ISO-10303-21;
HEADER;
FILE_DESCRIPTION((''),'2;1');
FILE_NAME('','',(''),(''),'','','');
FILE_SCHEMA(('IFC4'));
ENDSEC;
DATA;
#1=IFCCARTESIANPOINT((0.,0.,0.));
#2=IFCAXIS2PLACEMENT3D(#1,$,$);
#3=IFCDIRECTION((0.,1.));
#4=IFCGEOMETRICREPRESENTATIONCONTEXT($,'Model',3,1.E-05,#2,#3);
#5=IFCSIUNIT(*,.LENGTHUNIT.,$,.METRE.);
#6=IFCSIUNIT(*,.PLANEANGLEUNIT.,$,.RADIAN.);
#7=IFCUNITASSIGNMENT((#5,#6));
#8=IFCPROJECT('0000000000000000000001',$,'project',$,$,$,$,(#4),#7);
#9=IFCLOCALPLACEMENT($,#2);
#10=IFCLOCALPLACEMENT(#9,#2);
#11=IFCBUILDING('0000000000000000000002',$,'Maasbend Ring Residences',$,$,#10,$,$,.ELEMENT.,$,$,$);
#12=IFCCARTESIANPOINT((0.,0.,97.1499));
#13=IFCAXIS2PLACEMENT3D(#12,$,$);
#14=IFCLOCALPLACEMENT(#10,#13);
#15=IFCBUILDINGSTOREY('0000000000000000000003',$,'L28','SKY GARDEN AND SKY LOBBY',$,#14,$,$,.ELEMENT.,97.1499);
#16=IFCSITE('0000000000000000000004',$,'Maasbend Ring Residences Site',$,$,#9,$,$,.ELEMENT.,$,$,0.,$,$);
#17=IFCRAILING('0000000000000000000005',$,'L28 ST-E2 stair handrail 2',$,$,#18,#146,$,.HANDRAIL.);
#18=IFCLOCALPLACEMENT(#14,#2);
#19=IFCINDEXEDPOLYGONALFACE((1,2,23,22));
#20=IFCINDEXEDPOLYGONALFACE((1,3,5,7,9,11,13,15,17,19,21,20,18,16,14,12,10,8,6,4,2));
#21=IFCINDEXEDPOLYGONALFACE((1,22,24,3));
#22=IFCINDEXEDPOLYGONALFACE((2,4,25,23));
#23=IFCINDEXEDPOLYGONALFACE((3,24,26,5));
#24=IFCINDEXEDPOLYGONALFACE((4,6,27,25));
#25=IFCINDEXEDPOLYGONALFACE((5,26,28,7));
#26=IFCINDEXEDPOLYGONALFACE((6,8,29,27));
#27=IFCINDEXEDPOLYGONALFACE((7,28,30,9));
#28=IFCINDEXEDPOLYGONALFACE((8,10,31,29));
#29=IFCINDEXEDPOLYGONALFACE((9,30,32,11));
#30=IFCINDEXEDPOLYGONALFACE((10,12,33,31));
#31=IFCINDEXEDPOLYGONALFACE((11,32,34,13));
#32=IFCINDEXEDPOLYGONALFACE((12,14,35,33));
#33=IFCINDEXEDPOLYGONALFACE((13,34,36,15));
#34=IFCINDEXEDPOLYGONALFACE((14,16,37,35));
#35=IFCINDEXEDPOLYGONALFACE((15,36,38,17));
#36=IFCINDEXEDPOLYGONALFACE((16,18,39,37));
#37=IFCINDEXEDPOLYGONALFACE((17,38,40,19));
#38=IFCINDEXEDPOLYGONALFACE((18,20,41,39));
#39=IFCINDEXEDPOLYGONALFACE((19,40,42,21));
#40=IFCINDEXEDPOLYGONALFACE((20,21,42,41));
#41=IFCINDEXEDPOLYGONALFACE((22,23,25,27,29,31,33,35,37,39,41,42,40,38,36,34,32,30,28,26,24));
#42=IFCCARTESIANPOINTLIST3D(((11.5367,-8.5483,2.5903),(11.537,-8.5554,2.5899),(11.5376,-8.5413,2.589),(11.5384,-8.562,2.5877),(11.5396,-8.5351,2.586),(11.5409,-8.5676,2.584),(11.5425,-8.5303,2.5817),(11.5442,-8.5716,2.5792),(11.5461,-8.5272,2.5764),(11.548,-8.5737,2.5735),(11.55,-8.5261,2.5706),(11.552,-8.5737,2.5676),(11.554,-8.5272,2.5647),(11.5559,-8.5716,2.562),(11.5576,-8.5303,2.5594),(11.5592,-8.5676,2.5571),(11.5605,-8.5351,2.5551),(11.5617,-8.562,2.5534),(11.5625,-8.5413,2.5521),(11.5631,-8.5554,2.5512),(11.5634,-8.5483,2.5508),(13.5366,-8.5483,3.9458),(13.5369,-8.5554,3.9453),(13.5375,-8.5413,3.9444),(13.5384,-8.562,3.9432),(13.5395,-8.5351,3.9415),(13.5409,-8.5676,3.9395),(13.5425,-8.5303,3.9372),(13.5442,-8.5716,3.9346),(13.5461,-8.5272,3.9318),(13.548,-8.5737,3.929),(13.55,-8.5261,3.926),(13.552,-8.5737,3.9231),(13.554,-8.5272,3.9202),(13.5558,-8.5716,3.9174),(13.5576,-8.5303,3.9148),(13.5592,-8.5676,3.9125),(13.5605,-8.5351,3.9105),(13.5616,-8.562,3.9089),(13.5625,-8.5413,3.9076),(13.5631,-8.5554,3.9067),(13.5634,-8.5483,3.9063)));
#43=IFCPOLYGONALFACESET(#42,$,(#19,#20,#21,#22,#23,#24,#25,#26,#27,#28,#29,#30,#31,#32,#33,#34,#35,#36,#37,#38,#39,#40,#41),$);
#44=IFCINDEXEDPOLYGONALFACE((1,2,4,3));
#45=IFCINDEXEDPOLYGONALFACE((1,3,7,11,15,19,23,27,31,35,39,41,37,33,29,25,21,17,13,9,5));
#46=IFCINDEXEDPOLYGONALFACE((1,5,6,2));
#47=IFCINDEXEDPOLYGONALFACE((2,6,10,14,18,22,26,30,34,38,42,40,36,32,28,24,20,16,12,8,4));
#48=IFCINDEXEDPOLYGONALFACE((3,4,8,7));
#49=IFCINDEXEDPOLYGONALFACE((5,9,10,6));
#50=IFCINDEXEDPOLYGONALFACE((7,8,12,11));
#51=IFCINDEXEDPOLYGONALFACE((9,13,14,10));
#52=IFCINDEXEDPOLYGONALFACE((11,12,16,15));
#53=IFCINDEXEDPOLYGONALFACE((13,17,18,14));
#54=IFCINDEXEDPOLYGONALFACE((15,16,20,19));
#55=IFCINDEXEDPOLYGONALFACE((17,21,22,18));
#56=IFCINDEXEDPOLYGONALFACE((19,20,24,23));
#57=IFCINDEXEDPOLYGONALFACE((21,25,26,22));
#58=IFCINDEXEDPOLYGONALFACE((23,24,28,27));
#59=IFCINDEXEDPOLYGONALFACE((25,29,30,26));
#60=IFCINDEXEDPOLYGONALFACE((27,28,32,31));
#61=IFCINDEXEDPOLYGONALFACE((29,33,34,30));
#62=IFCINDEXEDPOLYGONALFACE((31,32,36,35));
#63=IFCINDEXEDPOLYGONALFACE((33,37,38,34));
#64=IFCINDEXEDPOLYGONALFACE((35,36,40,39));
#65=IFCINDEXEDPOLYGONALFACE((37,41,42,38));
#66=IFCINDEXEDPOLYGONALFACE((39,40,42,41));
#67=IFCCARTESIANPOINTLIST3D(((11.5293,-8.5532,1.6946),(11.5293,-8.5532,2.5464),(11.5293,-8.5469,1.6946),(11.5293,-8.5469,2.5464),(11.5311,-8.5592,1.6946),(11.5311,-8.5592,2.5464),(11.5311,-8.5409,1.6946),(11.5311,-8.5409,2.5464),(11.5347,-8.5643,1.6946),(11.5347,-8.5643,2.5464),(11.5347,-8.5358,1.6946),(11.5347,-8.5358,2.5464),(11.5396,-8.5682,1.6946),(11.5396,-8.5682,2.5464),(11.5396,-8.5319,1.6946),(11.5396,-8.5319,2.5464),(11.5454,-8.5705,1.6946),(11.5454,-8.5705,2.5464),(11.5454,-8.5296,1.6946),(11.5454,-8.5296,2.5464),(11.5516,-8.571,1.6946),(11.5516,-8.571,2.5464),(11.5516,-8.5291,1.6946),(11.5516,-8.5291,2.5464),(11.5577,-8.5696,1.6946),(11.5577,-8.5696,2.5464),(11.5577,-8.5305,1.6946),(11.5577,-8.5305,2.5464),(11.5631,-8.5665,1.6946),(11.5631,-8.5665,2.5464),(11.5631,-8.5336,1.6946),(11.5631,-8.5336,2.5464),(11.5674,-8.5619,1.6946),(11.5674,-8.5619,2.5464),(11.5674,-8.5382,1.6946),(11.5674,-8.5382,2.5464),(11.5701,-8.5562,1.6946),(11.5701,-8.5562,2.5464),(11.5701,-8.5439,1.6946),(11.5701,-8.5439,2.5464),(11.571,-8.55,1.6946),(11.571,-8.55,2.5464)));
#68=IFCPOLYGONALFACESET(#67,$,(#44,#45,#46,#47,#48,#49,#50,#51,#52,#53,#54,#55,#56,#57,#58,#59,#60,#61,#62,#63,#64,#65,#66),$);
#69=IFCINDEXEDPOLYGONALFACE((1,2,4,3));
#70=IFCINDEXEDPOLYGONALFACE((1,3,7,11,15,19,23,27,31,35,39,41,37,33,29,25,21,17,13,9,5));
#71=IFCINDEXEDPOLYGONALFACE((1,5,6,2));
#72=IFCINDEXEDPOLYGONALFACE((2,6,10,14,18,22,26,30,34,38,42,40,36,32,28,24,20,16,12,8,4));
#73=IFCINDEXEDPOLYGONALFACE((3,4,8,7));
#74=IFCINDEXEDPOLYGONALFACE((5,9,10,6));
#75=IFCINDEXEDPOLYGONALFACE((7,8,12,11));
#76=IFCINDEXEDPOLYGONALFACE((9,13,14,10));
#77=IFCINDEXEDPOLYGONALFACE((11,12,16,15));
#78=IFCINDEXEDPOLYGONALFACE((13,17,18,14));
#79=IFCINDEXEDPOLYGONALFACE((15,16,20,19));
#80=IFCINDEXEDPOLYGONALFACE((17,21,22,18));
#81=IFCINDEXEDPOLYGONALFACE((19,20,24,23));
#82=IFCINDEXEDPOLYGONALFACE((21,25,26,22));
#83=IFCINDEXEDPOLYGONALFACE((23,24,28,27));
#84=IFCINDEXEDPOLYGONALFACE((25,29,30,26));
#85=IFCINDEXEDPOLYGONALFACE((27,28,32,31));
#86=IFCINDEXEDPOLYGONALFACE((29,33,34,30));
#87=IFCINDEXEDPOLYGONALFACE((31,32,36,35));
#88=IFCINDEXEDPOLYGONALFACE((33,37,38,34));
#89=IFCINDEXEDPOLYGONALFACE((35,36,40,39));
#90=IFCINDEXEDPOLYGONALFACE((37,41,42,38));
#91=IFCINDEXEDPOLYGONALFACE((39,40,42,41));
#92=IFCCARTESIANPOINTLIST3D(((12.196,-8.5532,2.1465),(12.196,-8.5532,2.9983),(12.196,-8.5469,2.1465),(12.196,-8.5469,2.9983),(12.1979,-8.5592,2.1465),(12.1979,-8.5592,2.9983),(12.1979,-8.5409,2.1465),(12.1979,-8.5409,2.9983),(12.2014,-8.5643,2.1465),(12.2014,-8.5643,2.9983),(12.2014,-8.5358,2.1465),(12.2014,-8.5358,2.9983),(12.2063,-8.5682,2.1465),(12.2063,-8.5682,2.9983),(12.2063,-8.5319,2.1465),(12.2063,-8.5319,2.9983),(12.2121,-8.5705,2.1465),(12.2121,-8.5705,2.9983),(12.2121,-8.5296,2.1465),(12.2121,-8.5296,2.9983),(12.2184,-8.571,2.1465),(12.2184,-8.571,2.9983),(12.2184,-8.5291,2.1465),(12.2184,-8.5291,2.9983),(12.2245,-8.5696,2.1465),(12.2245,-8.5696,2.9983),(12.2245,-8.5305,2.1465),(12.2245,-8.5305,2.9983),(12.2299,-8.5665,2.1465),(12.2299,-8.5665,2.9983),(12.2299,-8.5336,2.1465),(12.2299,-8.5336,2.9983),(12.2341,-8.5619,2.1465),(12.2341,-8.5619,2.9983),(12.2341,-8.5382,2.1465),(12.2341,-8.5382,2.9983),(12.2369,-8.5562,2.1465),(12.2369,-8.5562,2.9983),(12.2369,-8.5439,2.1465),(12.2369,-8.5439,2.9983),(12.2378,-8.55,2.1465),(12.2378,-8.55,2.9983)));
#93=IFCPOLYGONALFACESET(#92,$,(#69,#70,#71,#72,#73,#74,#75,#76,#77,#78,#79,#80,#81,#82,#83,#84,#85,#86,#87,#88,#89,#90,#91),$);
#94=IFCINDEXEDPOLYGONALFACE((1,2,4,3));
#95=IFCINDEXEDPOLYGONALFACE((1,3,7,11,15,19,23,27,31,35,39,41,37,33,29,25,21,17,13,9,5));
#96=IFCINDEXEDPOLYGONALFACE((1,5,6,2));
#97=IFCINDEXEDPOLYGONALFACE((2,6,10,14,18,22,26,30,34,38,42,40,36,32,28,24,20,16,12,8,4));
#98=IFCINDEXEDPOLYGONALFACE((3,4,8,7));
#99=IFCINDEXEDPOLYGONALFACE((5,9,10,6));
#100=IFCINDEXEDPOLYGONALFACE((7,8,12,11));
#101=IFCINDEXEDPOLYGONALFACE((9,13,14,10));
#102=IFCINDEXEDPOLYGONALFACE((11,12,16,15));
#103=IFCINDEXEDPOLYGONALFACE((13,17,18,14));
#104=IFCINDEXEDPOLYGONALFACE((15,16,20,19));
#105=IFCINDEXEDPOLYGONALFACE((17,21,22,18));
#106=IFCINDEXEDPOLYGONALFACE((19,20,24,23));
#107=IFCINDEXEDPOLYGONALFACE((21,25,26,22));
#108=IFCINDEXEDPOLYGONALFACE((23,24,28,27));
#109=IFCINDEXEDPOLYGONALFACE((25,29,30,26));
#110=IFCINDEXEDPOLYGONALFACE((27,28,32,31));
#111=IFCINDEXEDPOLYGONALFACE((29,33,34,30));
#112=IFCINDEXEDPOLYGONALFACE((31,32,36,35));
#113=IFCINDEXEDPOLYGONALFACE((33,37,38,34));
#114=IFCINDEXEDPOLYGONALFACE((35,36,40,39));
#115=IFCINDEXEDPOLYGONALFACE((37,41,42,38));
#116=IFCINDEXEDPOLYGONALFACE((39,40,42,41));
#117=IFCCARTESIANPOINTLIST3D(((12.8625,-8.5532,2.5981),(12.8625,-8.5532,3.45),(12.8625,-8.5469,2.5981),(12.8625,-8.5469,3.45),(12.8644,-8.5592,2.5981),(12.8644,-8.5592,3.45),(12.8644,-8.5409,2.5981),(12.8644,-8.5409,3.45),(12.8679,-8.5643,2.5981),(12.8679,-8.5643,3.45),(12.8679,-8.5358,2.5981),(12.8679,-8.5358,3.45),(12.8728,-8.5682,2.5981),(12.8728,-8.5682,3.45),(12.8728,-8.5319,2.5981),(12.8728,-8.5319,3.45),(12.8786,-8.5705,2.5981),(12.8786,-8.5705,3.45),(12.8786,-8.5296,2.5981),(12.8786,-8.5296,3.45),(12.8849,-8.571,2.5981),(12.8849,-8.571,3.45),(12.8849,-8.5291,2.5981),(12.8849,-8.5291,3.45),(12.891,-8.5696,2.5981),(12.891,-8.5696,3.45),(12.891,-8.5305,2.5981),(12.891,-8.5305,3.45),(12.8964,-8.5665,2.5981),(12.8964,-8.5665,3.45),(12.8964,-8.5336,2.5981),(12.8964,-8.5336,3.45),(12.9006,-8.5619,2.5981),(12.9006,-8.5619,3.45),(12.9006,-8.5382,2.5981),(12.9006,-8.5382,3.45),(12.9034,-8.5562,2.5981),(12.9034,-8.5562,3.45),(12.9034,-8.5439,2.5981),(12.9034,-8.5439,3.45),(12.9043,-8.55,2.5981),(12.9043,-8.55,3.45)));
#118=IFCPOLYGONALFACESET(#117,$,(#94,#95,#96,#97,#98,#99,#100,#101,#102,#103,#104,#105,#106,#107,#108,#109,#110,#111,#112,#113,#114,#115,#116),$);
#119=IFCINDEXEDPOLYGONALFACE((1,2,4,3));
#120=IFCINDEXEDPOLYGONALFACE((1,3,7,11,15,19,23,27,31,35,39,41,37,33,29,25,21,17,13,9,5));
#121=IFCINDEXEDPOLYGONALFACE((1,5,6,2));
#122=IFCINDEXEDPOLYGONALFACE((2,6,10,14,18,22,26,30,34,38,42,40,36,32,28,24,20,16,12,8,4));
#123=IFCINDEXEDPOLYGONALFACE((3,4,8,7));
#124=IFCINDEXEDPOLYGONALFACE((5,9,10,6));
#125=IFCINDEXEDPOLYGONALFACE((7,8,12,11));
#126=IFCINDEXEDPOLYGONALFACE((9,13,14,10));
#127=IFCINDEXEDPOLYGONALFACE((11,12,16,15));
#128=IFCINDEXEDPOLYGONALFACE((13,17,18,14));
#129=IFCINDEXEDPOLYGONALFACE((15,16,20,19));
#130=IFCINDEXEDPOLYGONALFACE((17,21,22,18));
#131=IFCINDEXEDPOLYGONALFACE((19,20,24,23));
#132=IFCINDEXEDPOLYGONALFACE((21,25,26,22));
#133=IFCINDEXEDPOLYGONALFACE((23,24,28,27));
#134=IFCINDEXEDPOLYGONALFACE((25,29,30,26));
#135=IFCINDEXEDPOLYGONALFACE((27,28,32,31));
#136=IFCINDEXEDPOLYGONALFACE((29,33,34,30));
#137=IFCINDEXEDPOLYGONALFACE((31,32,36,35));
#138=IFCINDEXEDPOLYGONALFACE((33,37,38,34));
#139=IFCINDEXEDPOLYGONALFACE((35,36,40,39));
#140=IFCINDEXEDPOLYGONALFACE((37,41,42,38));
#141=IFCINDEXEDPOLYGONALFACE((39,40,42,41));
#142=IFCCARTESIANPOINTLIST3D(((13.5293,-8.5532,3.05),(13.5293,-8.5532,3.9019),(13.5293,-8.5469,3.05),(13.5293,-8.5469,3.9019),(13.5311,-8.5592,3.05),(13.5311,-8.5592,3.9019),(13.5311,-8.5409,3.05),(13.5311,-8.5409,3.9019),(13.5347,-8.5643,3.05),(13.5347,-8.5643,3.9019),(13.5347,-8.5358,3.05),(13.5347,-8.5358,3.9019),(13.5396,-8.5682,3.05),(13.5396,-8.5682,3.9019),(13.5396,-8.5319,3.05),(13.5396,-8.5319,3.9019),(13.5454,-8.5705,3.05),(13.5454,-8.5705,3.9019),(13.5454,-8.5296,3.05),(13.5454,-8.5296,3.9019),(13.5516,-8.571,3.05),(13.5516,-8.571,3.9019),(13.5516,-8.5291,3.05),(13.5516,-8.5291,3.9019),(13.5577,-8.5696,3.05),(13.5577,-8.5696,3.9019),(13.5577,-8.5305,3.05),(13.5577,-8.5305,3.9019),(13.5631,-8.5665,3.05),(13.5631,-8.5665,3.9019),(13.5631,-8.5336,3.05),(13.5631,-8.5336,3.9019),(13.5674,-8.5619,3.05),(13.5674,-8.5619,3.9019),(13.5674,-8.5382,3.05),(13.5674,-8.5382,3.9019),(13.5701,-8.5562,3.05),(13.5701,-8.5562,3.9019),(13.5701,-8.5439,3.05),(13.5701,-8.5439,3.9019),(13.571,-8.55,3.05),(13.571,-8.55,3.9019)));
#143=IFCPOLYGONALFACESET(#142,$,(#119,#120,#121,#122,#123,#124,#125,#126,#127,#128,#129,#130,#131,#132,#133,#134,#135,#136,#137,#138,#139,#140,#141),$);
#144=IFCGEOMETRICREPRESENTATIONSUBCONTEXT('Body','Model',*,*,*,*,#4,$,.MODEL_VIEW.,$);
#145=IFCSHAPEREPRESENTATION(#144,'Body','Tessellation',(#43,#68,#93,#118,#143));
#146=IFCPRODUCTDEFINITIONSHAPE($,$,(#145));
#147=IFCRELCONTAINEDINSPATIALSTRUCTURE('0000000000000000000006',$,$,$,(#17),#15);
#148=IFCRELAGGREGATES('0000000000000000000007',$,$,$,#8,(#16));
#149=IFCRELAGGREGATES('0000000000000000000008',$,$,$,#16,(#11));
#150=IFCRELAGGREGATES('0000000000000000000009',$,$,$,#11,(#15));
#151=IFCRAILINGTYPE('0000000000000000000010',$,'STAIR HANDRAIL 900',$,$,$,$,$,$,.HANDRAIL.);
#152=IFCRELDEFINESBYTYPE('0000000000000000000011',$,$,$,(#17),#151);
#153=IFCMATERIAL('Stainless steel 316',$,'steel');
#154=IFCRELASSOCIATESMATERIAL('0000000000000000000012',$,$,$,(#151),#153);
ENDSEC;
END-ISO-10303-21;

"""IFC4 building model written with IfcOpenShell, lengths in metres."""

from ifc_helpers import new_model, si_unit, direction, frame, origin, origin_2d, place, context, subcontext, project, spatial, circle, extrude, material, type_object, element, save


model = new_model("IFC4")

# Units and contexts
model_context = context("Model", 3, precision=1e-05, world=origin(), true_north=direction((0.0, 1.0)))
body_context = subcontext(model_context, "Body", "Model", "MODEL_VIEW")
ifc_project = project(units=[si_unit("LENGTHUNIT", "METRE"), si_unit("PLANEANGLEUNIT", "RADIAN")], contexts=[model_context])

# Site, building, storey
site_placement = place(None, origin())
site = spatial("IfcSite", under=ifc_project, at=site_placement, Name="Maasbend Ring Residences Site", CompositionType="ELEMENT", RefElevation=0.0)
building_placement = place(site_placement, origin())
building = spatial("IfcBuilding", under=site, at=building_placement, Name="Maasbend Ring Residences", CompositionType="ELEMENT")
storey_placement = place(building_placement, frame((0.0, 0.0, 97.1499)))
storey = spatial("IfcBuildingStorey", under=building, at=storey_placement, Name="L28", Description="SKY GARDEN AND SKY LOBBY", CompositionType="ELEMENT", Elevation=97.1499)

# Railing
ifc_material_1 = material(Name="Stainless steel 316", Category="steel")
railing_type = type_object("IfcRailingType", Name="STAIR HANDRAIL 900", PredefinedType="HANDRAIL", material=ifc_material_1)
for number, where, name in (
    (1, (11.55, -8.55, 1.6946), "L28 ST-E2 stair handrail 2"),
):
    element("IfcRailing", number, at=place(storey_placement, frame(where)), inside=storey, type_object=railing_type, Name=name, PredefinedType="HANDRAIL", context=body_context, shape_type="SweptSolid", body=[
        extrude(circle(Radius=0.0239, at=origin_2d()), frame((0.0, 0.0, 0.876), z_axis=(0.827798, 0.0, 0.561027), x_axis=(0.0, 1.0, 0.0)), (0.0, 0.0, 1.0), 2.416),
        extrude(circle(Radius=0.021, at=origin_2d()), origin(), (0.0, 0.0, 1.0), 0.8518),
        extrude(circle(Radius=0.021, at=origin_2d()), frame((0.6667, 0.0, 0.4519)), (0.0, 0.0, 1.0), 0.8518),
        extrude(circle(Radius=0.021, at=origin_2d()), frame((1.3333, 0.0, 0.9036)), (0.0, 0.0, 1.0), 0.8518),
        extrude(circle(Radius=0.021, at=origin_2d()), frame((2.0, 0.0, 1.3555)), (0.0, 0.0, 1.0), 0.8518),
    ])

save(model, "model.ifc")
